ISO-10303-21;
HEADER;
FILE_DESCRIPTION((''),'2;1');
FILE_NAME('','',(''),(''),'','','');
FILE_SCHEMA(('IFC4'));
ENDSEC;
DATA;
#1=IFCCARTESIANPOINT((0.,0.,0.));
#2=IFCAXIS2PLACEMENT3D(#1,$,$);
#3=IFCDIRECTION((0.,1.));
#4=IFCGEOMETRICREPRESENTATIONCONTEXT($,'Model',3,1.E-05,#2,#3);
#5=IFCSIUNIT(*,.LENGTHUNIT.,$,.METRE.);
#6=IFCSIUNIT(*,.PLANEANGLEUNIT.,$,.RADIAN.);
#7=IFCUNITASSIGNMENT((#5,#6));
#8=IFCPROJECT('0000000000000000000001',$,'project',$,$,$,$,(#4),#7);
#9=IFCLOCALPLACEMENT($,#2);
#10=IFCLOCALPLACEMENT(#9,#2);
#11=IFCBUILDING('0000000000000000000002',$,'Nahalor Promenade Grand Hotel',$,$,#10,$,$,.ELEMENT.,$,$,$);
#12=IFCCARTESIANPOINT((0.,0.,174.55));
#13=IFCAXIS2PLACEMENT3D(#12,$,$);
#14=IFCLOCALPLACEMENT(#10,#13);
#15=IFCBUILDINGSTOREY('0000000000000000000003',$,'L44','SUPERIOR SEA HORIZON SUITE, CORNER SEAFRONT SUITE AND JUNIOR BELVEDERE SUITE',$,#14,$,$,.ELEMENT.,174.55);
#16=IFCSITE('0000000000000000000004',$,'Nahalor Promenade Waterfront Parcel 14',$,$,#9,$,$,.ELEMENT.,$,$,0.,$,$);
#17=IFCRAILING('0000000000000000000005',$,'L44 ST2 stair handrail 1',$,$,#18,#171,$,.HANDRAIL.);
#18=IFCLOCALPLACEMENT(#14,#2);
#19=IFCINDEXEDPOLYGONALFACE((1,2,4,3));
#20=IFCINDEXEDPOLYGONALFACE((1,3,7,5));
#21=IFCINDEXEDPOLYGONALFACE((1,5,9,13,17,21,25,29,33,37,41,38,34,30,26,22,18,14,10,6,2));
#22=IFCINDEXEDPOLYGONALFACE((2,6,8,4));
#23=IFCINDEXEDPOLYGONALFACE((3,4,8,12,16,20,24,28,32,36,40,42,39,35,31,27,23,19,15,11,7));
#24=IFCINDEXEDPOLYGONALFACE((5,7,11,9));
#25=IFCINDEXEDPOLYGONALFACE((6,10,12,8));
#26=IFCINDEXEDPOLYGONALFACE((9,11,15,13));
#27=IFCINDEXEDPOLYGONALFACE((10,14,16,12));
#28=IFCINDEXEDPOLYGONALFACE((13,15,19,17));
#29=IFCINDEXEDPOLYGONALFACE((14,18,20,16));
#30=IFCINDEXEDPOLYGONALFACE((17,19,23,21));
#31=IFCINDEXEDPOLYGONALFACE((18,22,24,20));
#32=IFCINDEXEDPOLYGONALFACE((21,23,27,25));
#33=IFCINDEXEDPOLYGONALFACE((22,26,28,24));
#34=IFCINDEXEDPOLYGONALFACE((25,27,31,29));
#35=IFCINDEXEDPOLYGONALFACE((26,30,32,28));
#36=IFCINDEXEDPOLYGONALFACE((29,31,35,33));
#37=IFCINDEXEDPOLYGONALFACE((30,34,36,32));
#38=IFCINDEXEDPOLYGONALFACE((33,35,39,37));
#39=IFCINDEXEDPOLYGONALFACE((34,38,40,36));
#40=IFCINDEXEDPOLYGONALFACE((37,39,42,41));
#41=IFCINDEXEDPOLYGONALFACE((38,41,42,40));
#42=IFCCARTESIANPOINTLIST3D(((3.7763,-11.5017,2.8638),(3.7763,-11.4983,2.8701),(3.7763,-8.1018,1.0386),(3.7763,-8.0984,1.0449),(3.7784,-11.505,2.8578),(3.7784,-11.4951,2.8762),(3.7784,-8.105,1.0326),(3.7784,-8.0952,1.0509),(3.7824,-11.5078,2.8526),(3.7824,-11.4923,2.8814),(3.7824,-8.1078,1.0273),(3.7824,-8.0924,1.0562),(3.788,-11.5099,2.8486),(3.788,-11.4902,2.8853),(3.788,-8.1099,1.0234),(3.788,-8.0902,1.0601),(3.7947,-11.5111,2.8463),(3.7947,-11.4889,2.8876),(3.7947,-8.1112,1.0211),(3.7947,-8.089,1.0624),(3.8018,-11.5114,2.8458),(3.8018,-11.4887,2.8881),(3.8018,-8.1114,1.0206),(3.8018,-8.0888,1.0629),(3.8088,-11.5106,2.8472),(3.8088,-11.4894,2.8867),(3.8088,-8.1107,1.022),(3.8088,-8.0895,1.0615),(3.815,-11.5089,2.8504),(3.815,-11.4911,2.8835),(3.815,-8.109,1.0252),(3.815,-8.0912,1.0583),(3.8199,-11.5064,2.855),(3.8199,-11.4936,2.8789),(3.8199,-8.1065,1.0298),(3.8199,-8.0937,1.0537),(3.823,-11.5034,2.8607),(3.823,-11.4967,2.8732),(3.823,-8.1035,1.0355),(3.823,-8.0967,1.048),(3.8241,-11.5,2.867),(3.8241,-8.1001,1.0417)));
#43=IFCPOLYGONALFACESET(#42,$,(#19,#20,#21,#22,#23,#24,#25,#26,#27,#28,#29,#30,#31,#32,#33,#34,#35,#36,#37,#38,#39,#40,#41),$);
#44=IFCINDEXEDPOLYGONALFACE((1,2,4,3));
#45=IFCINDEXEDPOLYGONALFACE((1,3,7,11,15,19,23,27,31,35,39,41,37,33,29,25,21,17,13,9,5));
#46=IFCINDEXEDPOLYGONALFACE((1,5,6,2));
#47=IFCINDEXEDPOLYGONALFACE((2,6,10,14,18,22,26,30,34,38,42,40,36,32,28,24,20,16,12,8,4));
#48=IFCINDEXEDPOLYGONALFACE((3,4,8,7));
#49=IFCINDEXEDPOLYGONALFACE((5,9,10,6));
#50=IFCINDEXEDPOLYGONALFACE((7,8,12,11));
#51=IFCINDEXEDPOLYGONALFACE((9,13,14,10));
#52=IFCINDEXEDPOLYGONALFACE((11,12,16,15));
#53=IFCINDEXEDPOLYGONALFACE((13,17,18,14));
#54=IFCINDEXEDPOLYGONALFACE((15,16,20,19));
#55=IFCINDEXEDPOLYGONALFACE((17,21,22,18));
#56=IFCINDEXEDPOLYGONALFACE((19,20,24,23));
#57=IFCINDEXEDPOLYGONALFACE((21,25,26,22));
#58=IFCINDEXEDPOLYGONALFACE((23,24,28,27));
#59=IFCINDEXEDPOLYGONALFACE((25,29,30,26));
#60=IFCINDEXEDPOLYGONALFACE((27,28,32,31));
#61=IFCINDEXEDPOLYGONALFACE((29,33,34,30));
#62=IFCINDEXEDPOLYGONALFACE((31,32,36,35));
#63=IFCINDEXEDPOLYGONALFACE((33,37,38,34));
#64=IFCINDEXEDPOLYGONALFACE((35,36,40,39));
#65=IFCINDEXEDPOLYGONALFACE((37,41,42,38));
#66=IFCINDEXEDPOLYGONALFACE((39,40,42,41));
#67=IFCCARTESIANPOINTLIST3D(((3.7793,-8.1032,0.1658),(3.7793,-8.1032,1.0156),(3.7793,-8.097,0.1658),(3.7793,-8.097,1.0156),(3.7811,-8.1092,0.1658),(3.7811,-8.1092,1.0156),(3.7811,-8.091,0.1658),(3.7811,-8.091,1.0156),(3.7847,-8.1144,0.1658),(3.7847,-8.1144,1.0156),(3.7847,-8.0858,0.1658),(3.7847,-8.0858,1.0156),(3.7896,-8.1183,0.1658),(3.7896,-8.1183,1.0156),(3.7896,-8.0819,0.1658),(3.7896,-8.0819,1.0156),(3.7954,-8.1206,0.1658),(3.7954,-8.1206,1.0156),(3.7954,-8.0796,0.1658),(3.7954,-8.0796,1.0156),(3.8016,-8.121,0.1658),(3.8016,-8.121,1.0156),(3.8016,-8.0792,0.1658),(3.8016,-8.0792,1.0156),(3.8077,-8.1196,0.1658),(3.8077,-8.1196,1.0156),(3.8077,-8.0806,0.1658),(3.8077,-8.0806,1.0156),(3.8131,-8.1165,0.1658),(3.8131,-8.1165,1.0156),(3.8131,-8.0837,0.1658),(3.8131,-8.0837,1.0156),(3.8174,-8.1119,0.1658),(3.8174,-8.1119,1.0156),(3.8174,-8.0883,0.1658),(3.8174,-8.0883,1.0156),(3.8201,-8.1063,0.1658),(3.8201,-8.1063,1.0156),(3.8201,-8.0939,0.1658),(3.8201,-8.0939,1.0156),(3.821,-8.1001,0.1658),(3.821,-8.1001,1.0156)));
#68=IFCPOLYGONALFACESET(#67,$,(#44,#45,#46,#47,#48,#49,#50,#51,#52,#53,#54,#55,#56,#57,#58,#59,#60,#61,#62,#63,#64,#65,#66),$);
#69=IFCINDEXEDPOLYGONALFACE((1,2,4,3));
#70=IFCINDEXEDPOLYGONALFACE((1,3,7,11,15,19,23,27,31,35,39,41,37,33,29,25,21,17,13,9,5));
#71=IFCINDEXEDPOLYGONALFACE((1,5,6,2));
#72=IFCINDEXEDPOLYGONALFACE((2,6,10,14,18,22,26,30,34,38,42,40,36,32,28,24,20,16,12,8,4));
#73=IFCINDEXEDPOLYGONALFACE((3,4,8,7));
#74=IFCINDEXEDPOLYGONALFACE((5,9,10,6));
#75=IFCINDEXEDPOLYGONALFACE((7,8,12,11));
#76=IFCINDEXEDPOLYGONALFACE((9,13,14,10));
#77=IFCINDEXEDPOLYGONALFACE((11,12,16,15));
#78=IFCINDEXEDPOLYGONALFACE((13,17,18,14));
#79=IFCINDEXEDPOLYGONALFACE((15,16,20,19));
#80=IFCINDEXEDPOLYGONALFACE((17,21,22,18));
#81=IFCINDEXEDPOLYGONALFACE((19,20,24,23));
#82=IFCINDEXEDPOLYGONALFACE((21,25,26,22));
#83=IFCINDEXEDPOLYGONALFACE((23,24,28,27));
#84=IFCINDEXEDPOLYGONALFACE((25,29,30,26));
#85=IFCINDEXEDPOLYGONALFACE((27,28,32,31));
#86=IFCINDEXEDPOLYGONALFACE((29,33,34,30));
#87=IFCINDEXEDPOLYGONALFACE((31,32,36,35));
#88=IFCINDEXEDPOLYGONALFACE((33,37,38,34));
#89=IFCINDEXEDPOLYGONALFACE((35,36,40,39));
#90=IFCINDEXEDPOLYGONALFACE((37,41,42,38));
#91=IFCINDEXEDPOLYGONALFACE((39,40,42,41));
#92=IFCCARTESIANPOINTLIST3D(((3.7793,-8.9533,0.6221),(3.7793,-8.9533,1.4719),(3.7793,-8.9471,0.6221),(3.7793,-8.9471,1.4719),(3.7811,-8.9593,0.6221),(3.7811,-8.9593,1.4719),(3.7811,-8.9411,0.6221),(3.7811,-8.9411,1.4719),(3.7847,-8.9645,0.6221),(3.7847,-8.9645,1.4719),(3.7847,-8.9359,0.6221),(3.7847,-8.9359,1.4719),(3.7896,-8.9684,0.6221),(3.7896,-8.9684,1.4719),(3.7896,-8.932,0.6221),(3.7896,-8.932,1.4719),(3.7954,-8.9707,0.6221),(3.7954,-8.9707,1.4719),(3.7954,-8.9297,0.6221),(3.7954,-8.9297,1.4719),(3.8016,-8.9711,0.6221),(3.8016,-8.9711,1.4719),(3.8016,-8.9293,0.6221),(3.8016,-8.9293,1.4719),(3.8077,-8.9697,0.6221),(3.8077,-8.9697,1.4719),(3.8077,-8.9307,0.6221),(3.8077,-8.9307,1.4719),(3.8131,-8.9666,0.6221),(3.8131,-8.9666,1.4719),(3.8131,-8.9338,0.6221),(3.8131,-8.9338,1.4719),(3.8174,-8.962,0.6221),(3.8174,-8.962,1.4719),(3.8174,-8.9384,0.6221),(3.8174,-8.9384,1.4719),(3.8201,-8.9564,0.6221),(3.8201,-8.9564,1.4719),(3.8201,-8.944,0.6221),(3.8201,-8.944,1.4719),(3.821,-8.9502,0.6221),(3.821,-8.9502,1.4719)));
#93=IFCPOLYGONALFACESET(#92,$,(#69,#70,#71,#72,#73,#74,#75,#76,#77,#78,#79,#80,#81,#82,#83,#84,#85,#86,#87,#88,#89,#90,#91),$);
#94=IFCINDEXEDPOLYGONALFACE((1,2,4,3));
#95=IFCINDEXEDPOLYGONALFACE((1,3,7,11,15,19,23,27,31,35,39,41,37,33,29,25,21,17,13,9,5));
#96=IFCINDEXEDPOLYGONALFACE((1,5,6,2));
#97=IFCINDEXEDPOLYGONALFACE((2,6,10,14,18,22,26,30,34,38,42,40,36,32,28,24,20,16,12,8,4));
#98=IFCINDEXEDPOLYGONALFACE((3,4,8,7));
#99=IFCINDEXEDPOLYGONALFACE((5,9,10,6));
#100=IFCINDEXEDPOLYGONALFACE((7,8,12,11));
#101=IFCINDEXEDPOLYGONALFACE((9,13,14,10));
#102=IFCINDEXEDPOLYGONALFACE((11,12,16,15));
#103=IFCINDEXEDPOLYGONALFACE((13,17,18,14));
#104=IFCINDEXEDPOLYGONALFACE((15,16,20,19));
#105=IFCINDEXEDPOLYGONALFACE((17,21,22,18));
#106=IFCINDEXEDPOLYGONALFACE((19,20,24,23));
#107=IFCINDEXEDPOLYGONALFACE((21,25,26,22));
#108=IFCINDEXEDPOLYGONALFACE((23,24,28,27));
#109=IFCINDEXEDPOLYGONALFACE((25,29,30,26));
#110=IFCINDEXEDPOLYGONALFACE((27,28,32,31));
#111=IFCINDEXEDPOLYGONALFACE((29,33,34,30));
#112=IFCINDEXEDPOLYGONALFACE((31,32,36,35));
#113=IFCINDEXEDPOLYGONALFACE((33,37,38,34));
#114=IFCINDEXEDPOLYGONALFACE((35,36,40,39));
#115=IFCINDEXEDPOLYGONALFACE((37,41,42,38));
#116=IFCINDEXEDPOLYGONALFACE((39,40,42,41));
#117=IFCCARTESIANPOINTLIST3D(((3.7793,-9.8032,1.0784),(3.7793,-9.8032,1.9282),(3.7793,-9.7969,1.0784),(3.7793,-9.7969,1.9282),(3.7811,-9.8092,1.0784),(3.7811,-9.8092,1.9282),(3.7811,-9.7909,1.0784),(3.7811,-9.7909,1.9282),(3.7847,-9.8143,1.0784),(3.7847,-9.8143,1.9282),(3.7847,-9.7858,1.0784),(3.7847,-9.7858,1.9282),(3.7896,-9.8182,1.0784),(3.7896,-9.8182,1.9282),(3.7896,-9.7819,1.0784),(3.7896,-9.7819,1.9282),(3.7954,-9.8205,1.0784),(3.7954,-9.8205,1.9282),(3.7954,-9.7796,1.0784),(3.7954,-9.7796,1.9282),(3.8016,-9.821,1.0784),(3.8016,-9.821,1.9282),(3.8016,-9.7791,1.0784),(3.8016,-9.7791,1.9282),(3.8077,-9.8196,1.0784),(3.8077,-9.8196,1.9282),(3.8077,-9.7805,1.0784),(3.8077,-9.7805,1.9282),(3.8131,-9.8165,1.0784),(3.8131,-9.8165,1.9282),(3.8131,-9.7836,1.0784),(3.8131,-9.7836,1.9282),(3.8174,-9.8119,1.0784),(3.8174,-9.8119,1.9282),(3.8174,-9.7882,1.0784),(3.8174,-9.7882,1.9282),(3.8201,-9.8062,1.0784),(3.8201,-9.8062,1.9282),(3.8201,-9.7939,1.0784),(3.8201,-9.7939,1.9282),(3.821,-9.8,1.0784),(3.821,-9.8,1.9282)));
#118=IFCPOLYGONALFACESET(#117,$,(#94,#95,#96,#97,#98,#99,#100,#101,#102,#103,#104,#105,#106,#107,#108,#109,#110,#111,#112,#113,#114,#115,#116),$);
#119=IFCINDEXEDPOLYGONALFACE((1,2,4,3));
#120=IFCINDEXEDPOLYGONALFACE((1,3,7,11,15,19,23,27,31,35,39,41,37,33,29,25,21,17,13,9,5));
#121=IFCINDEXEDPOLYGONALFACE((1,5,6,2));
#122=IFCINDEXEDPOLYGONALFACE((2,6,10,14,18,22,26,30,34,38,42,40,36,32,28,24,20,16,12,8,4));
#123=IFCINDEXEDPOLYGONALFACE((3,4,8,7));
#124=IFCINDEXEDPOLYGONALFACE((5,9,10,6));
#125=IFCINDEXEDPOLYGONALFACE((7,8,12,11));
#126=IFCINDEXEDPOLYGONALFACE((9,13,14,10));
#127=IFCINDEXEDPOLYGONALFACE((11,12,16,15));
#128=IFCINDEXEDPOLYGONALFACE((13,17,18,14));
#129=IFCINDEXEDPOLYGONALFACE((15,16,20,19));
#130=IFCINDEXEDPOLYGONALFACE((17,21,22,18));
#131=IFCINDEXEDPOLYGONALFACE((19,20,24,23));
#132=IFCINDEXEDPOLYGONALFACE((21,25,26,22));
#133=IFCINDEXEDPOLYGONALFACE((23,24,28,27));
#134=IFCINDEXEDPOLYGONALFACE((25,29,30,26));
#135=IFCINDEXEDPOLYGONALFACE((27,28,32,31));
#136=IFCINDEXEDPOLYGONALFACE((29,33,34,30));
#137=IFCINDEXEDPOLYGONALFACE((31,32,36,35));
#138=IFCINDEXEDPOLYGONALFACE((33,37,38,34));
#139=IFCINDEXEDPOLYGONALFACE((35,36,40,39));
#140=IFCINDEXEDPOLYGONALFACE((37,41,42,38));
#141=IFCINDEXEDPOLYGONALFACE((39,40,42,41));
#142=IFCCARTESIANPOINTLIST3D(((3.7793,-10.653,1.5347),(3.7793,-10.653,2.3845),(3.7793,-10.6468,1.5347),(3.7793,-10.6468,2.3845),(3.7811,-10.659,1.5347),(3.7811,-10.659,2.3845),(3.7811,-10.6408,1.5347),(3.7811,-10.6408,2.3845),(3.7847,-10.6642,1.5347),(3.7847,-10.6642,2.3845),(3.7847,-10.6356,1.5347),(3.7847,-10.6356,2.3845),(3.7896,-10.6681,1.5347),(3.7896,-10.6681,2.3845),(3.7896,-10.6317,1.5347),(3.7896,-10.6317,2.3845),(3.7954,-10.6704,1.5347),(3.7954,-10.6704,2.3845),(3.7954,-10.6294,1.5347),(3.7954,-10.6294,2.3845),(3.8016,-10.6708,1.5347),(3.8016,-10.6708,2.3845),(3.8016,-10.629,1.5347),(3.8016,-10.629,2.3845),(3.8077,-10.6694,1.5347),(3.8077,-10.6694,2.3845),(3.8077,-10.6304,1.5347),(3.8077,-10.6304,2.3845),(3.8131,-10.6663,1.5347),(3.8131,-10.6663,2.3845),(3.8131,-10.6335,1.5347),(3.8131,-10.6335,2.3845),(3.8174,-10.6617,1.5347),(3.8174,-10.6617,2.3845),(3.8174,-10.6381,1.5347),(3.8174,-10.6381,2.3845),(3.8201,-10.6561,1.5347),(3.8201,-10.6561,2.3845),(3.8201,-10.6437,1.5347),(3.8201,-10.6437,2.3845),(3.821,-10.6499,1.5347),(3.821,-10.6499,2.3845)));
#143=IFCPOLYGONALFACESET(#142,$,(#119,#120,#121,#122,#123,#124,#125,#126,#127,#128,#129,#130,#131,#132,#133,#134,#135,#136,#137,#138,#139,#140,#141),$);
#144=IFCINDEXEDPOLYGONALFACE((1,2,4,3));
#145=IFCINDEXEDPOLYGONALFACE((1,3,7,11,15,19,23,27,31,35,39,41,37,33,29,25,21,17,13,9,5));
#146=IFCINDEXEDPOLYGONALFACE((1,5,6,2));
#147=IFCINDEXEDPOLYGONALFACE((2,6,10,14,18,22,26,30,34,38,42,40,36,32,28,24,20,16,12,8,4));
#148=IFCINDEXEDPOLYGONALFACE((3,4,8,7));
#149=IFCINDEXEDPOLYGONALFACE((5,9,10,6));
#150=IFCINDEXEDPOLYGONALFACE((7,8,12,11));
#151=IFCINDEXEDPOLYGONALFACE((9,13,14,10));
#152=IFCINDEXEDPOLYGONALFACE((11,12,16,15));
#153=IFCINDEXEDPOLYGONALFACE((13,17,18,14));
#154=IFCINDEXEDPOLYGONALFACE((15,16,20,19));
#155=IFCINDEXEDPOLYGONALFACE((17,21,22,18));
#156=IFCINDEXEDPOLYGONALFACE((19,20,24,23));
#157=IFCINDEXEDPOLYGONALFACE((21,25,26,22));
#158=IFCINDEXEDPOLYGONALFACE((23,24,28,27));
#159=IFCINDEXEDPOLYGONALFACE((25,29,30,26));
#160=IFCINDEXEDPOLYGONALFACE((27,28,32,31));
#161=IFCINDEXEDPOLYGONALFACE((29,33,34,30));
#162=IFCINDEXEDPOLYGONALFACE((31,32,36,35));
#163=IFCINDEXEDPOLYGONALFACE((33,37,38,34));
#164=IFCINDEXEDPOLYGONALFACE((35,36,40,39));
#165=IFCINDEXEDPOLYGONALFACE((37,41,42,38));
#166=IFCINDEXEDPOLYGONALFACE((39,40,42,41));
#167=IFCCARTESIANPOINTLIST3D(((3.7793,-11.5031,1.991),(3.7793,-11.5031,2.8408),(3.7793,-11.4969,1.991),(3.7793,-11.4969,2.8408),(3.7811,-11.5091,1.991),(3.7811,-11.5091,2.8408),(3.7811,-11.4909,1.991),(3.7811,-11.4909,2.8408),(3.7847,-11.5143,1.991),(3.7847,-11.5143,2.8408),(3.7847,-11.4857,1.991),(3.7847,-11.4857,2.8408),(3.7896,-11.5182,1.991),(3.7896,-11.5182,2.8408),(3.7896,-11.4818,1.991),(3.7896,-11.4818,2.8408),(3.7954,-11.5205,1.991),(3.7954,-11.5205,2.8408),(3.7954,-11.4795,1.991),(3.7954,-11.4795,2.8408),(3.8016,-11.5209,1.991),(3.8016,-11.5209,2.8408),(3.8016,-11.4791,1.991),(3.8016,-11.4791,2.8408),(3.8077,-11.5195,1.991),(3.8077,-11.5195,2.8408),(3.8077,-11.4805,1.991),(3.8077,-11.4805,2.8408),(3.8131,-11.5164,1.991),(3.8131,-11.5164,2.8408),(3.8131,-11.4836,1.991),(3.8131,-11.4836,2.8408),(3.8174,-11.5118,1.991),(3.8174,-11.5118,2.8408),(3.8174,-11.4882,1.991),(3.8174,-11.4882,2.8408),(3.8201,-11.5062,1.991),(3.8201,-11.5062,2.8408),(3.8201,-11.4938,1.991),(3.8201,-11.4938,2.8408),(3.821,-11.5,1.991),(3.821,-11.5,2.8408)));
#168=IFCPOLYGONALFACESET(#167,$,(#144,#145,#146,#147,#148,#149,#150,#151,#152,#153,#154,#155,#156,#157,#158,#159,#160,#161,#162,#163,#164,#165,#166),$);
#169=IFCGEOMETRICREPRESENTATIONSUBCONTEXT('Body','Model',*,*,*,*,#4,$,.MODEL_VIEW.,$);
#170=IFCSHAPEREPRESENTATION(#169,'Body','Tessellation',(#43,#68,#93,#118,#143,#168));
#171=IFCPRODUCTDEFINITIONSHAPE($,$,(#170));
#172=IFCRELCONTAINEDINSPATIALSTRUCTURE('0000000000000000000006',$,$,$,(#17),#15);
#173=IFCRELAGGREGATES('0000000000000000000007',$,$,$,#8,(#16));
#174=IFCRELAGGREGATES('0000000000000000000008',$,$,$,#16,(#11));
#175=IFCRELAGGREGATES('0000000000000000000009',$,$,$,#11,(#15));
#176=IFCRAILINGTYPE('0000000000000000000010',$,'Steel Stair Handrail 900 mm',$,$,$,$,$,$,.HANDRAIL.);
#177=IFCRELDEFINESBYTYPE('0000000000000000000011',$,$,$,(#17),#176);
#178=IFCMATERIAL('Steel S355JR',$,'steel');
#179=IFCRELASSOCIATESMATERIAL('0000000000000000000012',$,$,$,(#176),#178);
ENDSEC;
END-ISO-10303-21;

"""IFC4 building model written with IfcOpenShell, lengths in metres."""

from ifc_helpers import new_model, si_unit, direction, frame, origin, origin_2d, place, context, subcontext, project, spatial, circle, extrude, material, type_object, element, save


model = new_model("IFC4")

# Units and contexts
model_context = context("Model", 3, precision=1e-05, world=origin(), true_north=direction((0.0, 1.0)))
body_context = subcontext(model_context, "Body", "Model", "MODEL_VIEW")
ifc_project = project(units=[si_unit("LENGTHUNIT", "METRE"), si_unit("PLANEANGLEUNIT", "RADIAN")], contexts=[model_context])

# Site, building, storey
site_placement = place(None, origin())
site = spatial("IfcSite", under=ifc_project, at=site_placement, Name="Nahalor Promenade Waterfront Parcel 14", CompositionType="ELEMENT", RefElevation=0.0)
building_placement = place(site_placement, origin())
building = spatial("IfcBuilding", under=site, at=building_placement, Name="Nahalor Promenade Grand Hotel", CompositionType="ELEMENT")
storey_placement = place(building_placement, frame((0.0, 0.0, 174.55)))
storey = spatial("IfcBuildingStorey", under=building, at=storey_placement, Name="L44", Description="SUPERIOR SEA HORIZON SUITE, CORNER SEAFRONT SUITE AND JUNIOR BELVEDERE SUITE", CompositionType="ELEMENT", Elevation=174.55)

# Shared definitions
ifc_material_1 = material(Name="Steel S355JR", Category="steel")

# Railing
railing_type_1 = type_object("IfcRailingType", Name="Steel Stair Handrail 900 mm", PredefinedType="HANDRAIL", material=ifc_material_1)
railing_1_placement = place(storey_placement, frame((3.8, -8.1001, 0.1658)))
element("IfcRailing", 1, at=railing_1_placement, inside=storey, type_object=railing_type_1, Name="L44 ST2 stair handrail 1", PredefinedType="HANDRAIL", context=body_context, shape_type="SweptSolid", body=[
    extrude(circle(Radius=0.024, at=origin_2d()), frame((0.0, 0.0, 0.876), z_axis=(0.0, -0.881068, 0.47299), x_axis=(1.0, 0.0, 0.0)), (0.0, 0.0, 1.0), 3.8589),
    extrude(circle(Radius=0.021, at=origin_2d()), origin(), (0.0, 0.0, 1.0), 0.8499),
    extrude(circle(Radius=0.021, at=origin_2d()), frame((0.0, -0.8501, 0.4563)), (0.0, 0.0, 1.0), 0.8499),
    extrude(circle(Radius=0.021, at=origin_2d()), frame((0.0, -1.7, 0.9126)), (0.0, 0.0, 1.0), 0.8499),
    extrude(circle(Radius=0.021, at=origin_2d()), frame((0.0, -2.5498, 1.3689)), (0.0, 0.0, 1.0), 0.8499),
    extrude(circle(Radius=0.021, at=origin_2d()), frame((0.0, -3.3999, 1.8252)), (0.0, 0.0, 1.0), 0.8499),
])

save(model, "model.ifc")
